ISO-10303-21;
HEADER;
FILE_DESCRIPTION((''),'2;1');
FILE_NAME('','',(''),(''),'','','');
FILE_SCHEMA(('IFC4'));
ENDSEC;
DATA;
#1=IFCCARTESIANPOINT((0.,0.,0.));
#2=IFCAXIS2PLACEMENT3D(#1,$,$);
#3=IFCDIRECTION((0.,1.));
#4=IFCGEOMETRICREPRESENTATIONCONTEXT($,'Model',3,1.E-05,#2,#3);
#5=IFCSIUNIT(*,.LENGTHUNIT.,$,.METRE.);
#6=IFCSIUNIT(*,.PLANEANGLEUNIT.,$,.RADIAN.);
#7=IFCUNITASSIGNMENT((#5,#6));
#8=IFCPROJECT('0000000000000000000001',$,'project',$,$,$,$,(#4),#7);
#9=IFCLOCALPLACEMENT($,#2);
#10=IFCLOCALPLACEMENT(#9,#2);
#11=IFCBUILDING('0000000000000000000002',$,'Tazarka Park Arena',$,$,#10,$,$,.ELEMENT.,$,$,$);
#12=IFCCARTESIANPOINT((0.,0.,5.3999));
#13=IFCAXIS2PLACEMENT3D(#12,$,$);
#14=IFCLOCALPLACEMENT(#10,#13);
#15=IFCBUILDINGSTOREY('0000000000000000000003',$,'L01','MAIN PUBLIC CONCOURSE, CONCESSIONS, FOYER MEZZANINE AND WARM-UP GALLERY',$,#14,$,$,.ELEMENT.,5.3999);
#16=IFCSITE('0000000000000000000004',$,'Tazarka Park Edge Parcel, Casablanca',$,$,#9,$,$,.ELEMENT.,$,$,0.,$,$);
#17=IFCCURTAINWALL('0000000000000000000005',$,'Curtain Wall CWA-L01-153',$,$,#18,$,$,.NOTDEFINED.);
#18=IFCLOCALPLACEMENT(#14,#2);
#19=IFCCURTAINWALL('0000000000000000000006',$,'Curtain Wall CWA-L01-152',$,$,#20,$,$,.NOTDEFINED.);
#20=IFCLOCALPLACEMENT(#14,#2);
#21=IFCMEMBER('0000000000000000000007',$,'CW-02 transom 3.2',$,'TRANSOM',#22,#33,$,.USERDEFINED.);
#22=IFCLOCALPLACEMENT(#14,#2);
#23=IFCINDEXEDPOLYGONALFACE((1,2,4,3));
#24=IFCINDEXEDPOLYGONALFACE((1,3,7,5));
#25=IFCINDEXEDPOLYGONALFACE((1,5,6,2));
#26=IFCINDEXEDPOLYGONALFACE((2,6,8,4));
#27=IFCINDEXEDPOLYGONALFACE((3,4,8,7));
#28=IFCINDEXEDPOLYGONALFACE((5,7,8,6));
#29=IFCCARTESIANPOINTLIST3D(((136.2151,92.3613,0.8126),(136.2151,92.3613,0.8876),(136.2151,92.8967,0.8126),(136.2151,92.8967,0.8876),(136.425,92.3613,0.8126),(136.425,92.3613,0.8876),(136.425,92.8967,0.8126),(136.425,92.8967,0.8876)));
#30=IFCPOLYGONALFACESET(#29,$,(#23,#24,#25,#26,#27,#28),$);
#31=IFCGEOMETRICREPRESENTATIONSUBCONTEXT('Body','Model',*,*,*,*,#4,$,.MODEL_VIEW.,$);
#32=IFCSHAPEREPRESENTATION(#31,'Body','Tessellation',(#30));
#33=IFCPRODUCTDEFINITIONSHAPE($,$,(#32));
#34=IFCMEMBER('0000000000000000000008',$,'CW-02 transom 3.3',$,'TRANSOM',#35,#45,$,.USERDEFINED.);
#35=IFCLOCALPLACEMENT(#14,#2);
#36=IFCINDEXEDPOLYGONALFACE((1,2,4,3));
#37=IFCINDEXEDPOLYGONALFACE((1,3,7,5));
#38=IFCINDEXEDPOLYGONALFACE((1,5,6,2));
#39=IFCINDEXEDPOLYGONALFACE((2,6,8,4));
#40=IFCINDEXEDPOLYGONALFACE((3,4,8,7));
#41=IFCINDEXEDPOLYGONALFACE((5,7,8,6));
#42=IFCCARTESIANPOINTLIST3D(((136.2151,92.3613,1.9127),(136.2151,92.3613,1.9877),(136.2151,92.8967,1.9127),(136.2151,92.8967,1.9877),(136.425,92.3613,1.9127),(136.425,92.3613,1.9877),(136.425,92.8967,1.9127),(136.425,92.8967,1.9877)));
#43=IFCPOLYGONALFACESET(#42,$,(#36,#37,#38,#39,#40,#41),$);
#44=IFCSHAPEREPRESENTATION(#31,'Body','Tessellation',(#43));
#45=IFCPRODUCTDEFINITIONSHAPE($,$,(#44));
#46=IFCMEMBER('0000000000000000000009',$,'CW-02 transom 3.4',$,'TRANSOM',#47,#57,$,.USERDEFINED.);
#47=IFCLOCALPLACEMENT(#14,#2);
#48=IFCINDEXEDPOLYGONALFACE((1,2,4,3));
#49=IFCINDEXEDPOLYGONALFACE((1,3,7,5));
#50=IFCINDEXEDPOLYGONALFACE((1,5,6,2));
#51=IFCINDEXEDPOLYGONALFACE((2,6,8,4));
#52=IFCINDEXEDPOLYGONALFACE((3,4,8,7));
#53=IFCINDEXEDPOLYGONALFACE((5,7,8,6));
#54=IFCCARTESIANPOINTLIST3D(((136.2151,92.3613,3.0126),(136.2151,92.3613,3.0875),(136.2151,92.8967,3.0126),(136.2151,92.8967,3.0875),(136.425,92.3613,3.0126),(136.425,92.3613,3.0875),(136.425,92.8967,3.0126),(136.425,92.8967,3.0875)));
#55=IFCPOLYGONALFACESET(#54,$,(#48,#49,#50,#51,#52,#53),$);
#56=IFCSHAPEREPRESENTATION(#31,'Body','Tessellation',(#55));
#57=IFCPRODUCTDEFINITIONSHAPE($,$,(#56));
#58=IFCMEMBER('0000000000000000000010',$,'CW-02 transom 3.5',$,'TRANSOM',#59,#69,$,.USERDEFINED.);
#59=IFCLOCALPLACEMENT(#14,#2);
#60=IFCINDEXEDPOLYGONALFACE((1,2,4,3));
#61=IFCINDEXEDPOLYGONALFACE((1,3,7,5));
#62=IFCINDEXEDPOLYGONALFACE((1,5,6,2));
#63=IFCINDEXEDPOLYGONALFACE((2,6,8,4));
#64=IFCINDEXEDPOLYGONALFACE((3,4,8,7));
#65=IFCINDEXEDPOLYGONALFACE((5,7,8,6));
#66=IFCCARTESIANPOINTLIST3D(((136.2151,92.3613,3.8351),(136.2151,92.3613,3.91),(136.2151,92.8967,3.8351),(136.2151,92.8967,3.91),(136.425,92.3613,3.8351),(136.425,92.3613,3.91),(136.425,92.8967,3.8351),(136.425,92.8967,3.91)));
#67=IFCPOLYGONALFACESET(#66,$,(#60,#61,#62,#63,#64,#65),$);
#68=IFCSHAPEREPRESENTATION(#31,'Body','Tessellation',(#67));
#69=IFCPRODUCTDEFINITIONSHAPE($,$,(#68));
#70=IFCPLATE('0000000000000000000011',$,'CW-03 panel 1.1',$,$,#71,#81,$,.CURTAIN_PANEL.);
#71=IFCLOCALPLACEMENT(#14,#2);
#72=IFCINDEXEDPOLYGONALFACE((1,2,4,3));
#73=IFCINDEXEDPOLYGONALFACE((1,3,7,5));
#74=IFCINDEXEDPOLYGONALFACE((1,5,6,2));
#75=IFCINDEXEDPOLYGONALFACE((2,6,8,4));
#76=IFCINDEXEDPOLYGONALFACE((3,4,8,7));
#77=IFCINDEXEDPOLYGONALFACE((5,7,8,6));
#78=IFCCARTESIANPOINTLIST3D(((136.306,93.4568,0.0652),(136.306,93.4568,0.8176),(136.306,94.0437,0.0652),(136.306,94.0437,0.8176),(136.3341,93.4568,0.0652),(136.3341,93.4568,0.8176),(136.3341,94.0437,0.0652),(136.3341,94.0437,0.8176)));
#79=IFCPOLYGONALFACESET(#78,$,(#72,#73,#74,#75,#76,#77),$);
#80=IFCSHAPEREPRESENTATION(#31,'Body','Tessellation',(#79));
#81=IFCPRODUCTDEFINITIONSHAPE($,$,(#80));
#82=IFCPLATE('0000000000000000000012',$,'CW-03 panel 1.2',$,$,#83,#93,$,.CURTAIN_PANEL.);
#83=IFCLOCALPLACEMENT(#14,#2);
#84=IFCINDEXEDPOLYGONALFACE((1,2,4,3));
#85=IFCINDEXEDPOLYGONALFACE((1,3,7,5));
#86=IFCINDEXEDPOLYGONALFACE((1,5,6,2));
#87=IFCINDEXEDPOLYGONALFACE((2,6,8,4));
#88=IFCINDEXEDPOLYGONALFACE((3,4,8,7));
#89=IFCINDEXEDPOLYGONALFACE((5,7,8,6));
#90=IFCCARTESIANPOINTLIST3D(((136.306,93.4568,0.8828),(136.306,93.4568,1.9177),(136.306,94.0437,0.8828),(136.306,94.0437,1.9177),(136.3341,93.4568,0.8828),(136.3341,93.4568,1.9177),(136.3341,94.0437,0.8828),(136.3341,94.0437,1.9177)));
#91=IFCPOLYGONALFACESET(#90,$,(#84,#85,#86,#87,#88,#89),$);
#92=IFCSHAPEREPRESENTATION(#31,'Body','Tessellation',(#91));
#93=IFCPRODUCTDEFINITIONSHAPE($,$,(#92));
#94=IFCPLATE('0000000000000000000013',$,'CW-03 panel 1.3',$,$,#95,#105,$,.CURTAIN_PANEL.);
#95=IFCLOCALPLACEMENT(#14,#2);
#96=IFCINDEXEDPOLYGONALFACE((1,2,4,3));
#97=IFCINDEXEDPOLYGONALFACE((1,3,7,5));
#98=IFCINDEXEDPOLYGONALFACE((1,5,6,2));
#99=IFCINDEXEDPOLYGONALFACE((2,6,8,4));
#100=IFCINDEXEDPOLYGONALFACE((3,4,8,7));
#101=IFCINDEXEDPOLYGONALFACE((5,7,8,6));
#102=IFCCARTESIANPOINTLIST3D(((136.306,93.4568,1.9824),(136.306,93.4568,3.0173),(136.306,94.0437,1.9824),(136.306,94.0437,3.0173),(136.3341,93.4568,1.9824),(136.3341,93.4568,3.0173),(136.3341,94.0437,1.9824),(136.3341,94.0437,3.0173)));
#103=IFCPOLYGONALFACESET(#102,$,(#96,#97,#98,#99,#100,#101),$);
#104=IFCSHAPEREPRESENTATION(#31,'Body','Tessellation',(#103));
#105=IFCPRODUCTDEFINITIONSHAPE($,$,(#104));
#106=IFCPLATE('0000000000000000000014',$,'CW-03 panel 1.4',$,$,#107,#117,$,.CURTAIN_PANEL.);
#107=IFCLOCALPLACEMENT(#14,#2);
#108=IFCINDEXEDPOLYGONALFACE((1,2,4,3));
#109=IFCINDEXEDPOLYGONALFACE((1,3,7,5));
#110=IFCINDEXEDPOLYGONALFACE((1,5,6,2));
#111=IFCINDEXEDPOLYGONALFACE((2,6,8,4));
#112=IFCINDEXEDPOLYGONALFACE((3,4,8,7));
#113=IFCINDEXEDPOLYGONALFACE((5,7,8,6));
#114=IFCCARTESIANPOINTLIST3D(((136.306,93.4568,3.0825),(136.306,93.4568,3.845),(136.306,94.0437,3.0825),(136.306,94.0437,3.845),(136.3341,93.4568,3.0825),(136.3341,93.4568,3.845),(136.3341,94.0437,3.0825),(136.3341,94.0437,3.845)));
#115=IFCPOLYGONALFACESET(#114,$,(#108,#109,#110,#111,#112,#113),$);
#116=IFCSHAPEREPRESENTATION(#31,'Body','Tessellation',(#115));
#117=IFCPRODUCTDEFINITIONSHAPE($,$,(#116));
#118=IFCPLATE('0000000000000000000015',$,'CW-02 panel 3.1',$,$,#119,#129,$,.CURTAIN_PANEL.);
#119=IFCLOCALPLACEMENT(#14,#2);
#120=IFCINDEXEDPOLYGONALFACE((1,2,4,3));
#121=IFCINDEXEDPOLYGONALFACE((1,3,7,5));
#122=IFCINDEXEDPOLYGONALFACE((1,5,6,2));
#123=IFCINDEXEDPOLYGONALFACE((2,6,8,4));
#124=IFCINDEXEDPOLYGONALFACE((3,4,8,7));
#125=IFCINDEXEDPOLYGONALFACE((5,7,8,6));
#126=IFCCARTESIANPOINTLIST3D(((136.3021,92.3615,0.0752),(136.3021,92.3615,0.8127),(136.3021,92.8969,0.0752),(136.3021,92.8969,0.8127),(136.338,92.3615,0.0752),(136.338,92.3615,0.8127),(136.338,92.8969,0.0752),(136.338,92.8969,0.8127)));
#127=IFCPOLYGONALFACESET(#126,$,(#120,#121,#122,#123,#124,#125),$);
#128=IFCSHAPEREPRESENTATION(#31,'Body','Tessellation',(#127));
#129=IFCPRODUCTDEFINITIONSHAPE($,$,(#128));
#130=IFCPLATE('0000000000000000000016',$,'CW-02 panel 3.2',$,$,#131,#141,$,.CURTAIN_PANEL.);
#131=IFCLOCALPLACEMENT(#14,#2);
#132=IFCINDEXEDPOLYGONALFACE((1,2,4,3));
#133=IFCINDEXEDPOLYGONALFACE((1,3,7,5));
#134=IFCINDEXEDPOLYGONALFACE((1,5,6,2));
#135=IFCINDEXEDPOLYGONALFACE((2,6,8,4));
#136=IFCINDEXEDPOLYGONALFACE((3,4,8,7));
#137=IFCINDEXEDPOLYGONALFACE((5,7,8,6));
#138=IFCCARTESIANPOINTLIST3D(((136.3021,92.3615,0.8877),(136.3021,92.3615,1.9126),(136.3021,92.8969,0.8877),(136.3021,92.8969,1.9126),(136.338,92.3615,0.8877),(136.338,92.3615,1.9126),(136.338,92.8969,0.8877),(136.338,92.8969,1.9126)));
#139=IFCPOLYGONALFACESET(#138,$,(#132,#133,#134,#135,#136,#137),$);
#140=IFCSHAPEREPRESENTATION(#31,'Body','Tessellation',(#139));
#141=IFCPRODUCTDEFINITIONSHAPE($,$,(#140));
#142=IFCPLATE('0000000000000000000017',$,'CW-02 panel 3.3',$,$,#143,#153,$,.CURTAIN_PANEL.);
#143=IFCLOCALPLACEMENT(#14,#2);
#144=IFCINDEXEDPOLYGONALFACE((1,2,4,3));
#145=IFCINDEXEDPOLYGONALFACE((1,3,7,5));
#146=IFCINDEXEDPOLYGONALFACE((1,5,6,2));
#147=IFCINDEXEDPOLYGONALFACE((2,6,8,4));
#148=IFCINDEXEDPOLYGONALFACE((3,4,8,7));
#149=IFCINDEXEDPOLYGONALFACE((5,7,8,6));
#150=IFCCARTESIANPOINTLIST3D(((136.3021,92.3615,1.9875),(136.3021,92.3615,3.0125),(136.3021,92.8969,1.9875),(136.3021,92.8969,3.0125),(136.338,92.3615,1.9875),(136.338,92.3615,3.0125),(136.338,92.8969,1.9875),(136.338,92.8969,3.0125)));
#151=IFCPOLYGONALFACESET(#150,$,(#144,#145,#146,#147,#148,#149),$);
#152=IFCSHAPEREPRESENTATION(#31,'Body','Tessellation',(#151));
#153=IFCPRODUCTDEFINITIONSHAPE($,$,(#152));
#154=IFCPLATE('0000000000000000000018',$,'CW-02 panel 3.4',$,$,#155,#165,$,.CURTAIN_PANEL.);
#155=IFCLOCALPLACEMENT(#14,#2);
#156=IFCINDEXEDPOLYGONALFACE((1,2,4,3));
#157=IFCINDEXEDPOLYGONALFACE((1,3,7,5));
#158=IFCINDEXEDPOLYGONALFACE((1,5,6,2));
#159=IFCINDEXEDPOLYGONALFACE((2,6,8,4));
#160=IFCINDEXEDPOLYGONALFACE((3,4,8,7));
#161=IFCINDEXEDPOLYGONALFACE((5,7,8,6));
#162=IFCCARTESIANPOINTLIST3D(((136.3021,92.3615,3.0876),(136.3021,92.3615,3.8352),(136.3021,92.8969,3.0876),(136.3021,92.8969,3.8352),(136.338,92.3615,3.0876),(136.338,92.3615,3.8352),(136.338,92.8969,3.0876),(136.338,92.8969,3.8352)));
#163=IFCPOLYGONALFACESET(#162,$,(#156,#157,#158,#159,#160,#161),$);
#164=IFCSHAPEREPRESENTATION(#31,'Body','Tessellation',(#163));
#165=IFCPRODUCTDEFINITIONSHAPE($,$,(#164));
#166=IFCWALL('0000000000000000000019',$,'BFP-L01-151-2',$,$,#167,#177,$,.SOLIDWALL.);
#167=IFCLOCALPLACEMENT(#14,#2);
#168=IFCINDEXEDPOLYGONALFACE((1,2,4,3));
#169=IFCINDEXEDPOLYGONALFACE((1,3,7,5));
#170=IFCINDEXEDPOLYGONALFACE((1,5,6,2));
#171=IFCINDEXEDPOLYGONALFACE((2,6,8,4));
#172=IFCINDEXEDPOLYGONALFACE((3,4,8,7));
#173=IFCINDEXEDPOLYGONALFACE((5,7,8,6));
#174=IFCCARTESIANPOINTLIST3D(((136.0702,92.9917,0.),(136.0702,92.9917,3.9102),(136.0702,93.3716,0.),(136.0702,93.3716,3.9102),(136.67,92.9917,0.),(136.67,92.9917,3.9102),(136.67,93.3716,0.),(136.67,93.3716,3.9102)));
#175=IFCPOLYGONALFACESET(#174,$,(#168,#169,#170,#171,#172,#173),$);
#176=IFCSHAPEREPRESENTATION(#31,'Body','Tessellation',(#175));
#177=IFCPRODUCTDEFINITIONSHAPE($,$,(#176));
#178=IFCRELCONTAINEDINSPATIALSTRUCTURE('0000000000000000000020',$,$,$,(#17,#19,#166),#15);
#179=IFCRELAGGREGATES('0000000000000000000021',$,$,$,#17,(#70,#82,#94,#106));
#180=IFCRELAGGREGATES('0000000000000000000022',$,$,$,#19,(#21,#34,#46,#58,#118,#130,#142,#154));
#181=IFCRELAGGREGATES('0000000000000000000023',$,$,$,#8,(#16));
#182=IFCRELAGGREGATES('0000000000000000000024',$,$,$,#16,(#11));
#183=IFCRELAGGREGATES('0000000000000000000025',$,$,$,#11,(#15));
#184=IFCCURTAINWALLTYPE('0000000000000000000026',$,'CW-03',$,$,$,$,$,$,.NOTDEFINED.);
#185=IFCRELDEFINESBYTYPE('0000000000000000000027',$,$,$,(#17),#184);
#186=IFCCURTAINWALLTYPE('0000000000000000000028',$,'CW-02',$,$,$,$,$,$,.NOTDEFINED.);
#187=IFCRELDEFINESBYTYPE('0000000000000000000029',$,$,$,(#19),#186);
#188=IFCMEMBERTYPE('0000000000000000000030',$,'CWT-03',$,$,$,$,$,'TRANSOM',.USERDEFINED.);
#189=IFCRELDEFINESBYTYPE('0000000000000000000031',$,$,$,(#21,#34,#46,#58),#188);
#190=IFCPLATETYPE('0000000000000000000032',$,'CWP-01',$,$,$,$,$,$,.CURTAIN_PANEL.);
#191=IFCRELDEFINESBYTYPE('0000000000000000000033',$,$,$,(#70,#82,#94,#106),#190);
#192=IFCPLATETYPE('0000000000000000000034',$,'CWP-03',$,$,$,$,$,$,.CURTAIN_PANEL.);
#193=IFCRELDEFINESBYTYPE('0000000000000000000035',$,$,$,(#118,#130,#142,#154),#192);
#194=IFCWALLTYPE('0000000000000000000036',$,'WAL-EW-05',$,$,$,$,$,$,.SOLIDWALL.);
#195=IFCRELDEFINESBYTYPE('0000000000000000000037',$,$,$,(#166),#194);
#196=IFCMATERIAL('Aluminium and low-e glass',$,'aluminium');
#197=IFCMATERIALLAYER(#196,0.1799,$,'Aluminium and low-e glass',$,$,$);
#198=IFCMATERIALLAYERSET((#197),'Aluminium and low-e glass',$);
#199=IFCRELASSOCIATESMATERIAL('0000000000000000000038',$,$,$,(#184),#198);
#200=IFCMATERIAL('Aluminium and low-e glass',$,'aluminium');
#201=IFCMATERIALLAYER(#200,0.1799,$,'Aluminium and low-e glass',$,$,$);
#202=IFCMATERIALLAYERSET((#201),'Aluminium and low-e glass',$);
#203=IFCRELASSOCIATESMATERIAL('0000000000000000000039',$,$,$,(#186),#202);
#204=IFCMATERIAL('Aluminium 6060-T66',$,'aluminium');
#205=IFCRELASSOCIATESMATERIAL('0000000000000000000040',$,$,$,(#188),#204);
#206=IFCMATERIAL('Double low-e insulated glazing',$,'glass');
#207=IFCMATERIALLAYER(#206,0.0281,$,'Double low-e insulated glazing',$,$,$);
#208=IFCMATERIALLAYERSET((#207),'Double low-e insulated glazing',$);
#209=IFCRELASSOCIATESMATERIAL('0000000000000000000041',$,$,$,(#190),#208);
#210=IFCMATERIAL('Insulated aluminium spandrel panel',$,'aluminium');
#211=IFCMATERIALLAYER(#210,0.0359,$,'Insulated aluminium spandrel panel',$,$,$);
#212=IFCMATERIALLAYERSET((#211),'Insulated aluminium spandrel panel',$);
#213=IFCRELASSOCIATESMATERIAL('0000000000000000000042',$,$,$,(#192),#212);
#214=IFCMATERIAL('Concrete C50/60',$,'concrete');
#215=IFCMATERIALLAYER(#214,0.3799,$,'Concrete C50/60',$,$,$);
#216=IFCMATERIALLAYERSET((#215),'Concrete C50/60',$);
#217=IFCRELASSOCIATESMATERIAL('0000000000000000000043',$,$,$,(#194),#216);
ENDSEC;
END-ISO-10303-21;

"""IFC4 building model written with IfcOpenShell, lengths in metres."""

from ifc_helpers import new_model, si_unit, direction, frame, frame_2d, origin, origin_2d, place, context, subcontext, project, spatial, rectangle, extrude, material, layer, layer_set, material_profile, profile_set, type_object, element, aggregate, save


model = new_model("IFC4")

# Units and contexts
model_context = context("Model", 3, precision=1e-05, world=origin(), true_north=direction((0.0, 1.0)))
body_context = subcontext(model_context, "Body", "Model", "MODEL_VIEW")
ifc_project = project(units=[si_unit("LENGTHUNIT", "METRE"), si_unit("PLANEANGLEUNIT", "RADIAN")], contexts=[model_context])

# Site, building, storey
site_placement = place(None, origin())
site = spatial("IfcSite", under=ifc_project, at=site_placement, Name="Tazarka Park Edge Parcel, Casablanca", CompositionType="ELEMENT", RefElevation=0.0)
building_placement = place(site_placement, origin())
building = spatial("IfcBuilding", under=site, at=building_placement, Name="Tazarka Park Arena", CompositionType="ELEMENT")
storey_placement = place(building_placement, frame((0.0, 0.0, 5.3999)))
storey = spatial("IfcBuildingStorey", under=building, at=storey_placement, Name="L01", Description="MAIN PUBLIC CONCOURSE, CONCESSIONS, FOYER MEZZANINE AND WARM-UP GALLERY", CompositionType="ELEMENT", Elevation=5.3999)

# Curtain walls
ifc_material_1 = material(Name="Aluminium and low-e glass", Category="aluminium")
ifc_layer_1 = layer(ifc_material_1, 0.1799, Name="Aluminium and low-e glass")
ifc_layer_set_1 = layer_set([ifc_layer_1], Name="Aluminium and low-e glass")
curtain_wall_type_1 = type_object("IfcCurtainWallType", Name="CW-03", PredefinedType="NOTDEFINED", material=ifc_layer_set_1)
curtain_wall_1_placement = place(storey_placement, origin())
curtain_wall_1 = element("IfcCurtainWall", 1, at=curtain_wall_1_placement, inside=storey, type_object=curtain_wall_type_1, Name="Curtain Wall CWA-L01-153", PredefinedType="NOTDEFINED")
ifc_material_2 = material(Name="Aluminium and low-e glass", Category="aluminium")
ifc_layer_2 = layer(ifc_material_2, 0.1799, Name="Aluminium and low-e glass")
ifc_layer_set_2 = layer_set([ifc_layer_2], Name="Aluminium and low-e glass")
curtain_wall_type_2 = type_object("IfcCurtainWallType", Name="CW-02", PredefinedType="NOTDEFINED", material=ifc_layer_set_2)
curtain_wall_2_placement = place(storey_placement, origin())
curtain_wall_2 = element("IfcCurtainWall", 2, at=curtain_wall_2_placement, inside=storey, type_object=curtain_wall_type_2, Name="Curtain Wall CWA-L01-152", PredefinedType="NOTDEFINED")

# Members
ifc_material_3 = material(Name="Aluminium 6060-T66", Category="aluminium")
ifc_material_profile_1 = material_profile(ifc_material_3, rectangle(XDim=0.21, YDim=0.075, at=origin_2d()), Name="Aluminium 6060-T66")
ifc_profile_set_1 = profile_set([ifc_material_profile_1], Name="Aluminium 6060-T66")
member_type_1 = type_object("IfcMemberType", Name="CWT-03", ElementType="TRANSOM", PredefinedType="USERDEFINED", material=ifc_profile_set_1)
member_1_placement = place(storey_placement, frame((136.3201, 92.3613, 0.8501), z_axis=(0.0, 1.0, 0.0), x_axis=(-1.0, 0.0, 0.0)))
member_1 = element("IfcMember", 3, at=member_1_placement, type_object=member_type_1, Name="CW-02 transom 3.2", ObjectType="TRANSOM", PredefinedType="USERDEFINED", context=body_context, shape_type="SweptSolid", body=[
    extrude(rectangle(XDim=0.21, YDim=0.075, at=origin_2d()), origin(), (0.0, 0.0, 1.0), 0.5354),
])
member_2_placement = place(storey_placement, frame((136.3201, 92.3613, 1.9502), z_axis=(0.0, 1.0, 0.0), x_axis=(-1.0, 0.0, 0.0)))
member_2 = element("IfcMember", 4, at=member_2_placement, type_object=member_type_1, Name="CW-02 transom 3.3", ObjectType="TRANSOM", PredefinedType="USERDEFINED", context=body_context, shape_type="SweptSolid", body=[
    extrude(rectangle(XDim=0.21, YDim=0.075, at=origin_2d()), origin(), (0.0, 0.0, 1.0), 0.5354),
])
member_3_placement = place(storey_placement, frame((136.3201, 92.3613, 3.05), z_axis=(0.0, 1.0, 0.0), x_axis=(-1.0, 0.0, 0.0)))
member_3 = element("IfcMember", 5, at=member_3_placement, type_object=member_type_1, Name="CW-02 transom 3.4", ObjectType="TRANSOM", PredefinedType="USERDEFINED", context=body_context, shape_type="SweptSolid", body=[
    extrude(rectangle(XDim=0.21, YDim=0.075, at=origin_2d()), origin(), (0.0, 0.0, 1.0), 0.5354),
])
member_4_placement = place(storey_placement, frame((136.3201, 92.3613, 3.8726), z_axis=(0.0, 1.0, 0.0), x_axis=(-1.0, 0.0, 0.0)))
member_4 = element("IfcMember", 6, at=member_4_placement, type_object=member_type_1, Name="CW-02 transom 3.5", ObjectType="TRANSOM", PredefinedType="USERDEFINED", context=body_context, shape_type="SweptSolid", body=[
    extrude(rectangle(XDim=0.21, YDim=0.075, at=origin_2d()), origin(), (0.0, 0.0, 1.0), 0.5354),
])

# Plates
ifc_material_4 = material(Name="Double low-e insulated glazing", Category="glass")
ifc_layer_3 = layer(ifc_material_4, 0.0281, Name="Double low-e insulated glazing")
ifc_layer_set_3 = layer_set([ifc_layer_3], Name="Double low-e insulated glazing")
plate_type_1 = type_object("IfcPlateType", Name="CWP-01", PredefinedType="CURTAIN_PANEL", material=ifc_layer_set_3)
plate_1_placement = place(storey_placement, frame((136.3201, 93.7502, 0.0652), z_axis=(0.0, 0.0, 1.0), x_axis=(0.0, 1.0, 0.0)))
plate_1 = element("IfcPlate", 7, at=plate_1_placement, type_object=plate_type_1, Name="CW-03 panel 1.1", PredefinedType="CURTAIN_PANEL", context=body_context, shape_type="SweptSolid", body=[
    extrude(rectangle(XDim=0.5869, YDim=0.0281, at=origin_2d()), origin(), (0.0, 0.0, 1.0), 0.7524),
])
plate_2_placement = place(storey_placement, frame((136.3201, 93.7502, 0.8828), z_axis=(0.0, 0.0, 1.0), x_axis=(0.0, 1.0, 0.0)))
plate_2 = element("IfcPlate", 8, at=plate_2_placement, type_object=plate_type_1, Name="CW-03 panel 1.2", PredefinedType="CURTAIN_PANEL", context=body_context, shape_type="SweptSolid", body=[
    extrude(rectangle(XDim=0.5869, YDim=0.0281, at=origin_2d()), origin(), (0.0, 0.0, 1.0), 1.0349),
])
plate_3_placement = place(storey_placement, frame((136.3201, 93.7502, 1.9824), z_axis=(0.0, 0.0, 1.0), x_axis=(0.0, 1.0, 0.0)))
plate_3 = element("IfcPlate", 9, at=plate_3_placement, type_object=plate_type_1, Name="CW-03 panel 1.3", PredefinedType="CURTAIN_PANEL", context=body_context, shape_type="SweptSolid", body=[
    extrude(rectangle(XDim=0.5869, YDim=0.0281, at=origin_2d()), origin(), (0.0, 0.0, 1.0), 1.0349),
])
plate_4_placement = place(storey_placement, frame((136.3201, 93.7502, 3.0825), z_axis=(0.0, 0.0, 1.0), x_axis=(0.0, 1.0, 0.0)))
plate_4 = element("IfcPlate", 10, at=plate_4_placement, type_object=plate_type_1, Name="CW-03 panel 1.4", PredefinedType="CURTAIN_PANEL", context=body_context, shape_type="SweptSolid", body=[
    extrude(rectangle(XDim=0.5869, YDim=0.0281, at=origin_2d()), origin(), (0.0, 0.0, 1.0), 0.7625),
])
aggregate(curtain_wall_1, [plate_1, plate_2, plate_3, plate_4])
ifc_material_5 = material(Name="Insulated aluminium spandrel panel", Category="aluminium")
ifc_layer_4 = layer(ifc_material_5, 0.0359, Name="Insulated aluminium spandrel panel")
ifc_layer_set_4 = layer_set([ifc_layer_4], Name="Insulated aluminium spandrel panel")
plate_type_2 = type_object("IfcPlateType", Name="CWP-03", PredefinedType="CURTAIN_PANEL", material=ifc_layer_set_4)
plate_5_placement = place(storey_placement, frame((136.3201, 92.6292, 0.0752), z_axis=(0.0, 0.0, 1.0), x_axis=(0.0, 1.0, 0.0)))
plate_5 = element("IfcPlate", 11, at=plate_5_placement, type_object=plate_type_2, Name="CW-02 panel 3.1", PredefinedType="CURTAIN_PANEL", context=body_context, shape_type="SweptSolid", body=[
    extrude(rectangle(XDim=0.5354, YDim=0.0359, at=origin_2d()), origin(), (0.0, 0.0, 1.0), 0.7375),
])
plate_6_placement = place(storey_placement, frame((136.3201, 92.6292, 0.8877), z_axis=(0.0, 0.0, 1.0), x_axis=(0.0, 1.0, 0.0)))
plate_6 = element("IfcPlate", 12, at=plate_6_placement, type_object=plate_type_2, Name="CW-02 panel 3.2", PredefinedType="CURTAIN_PANEL", context=body_context, shape_type="SweptSolid", body=[
    extrude(rectangle(XDim=0.5354, YDim=0.0359, at=origin_2d()), origin(), (0.0, 0.0, 1.0), 1.0249),
])
plate_7_placement = place(storey_placement, frame((136.3201, 92.6292, 1.9875), z_axis=(0.0, 0.0, 1.0), x_axis=(0.0, 1.0, 0.0)))
plate_7 = element("IfcPlate", 13, at=plate_7_placement, type_object=plate_type_2, Name="CW-02 panel 3.3", PredefinedType="CURTAIN_PANEL", context=body_context, shape_type="SweptSolid", body=[
    extrude(rectangle(XDim=0.5354, YDim=0.0359, at=origin_2d()), origin(), (0.0, 0.0, 1.0), 1.0249),
])
plate_8_placement = place(storey_placement, frame((136.3201, 92.6292, 3.0876), z_axis=(0.0, 0.0, 1.0), x_axis=(0.0, 1.0, 0.0)))
plate_8 = element("IfcPlate", 14, at=plate_8_placement, type_object=plate_type_2, Name="CW-02 panel 3.4", PredefinedType="CURTAIN_PANEL", context=body_context, shape_type="SweptSolid", body=[
    extrude(rectangle(XDim=0.5354, YDim=0.0359, at=origin_2d()), origin(), (0.0, 0.0, 1.0), 0.7476),
])
aggregate(curtain_wall_2, [member_1, member_2, member_3, member_4, plate_5, plate_6, plate_7, plate_8])

# Wall
ifc_material_6 = material(Name="Concrete C50/60", Category="concrete")
ifc_layer_5 = layer(ifc_material_6, 0.3799, Name="Concrete C50/60")
ifc_layer_set_5 = layer_set([ifc_layer_5], Name="Concrete C50/60")
wall_type = type_object("IfcWallType", Name="WAL-EW-05", PredefinedType="SOLIDWALL", material=ifc_layer_set_5)
wall_placement = place(storey_placement, frame((136.6699, 93.1816, 0.0), z_axis=(0.0, 0.0, 1.0), x_axis=(-1.0, 0.0, 0.0)))
element("IfcWall", 15, at=wall_placement, inside=storey, type_object=wall_type, Name="BFP-L01-151-2", PredefinedType="SOLIDWALL", context=body_context, shape_type="SweptSolid", body=[
    extrude(rectangle(XDim=0.5999, YDim=0.3799, at=frame_2d((0.2998, 0.0))), origin(), (0.0, 0.0, 1.0), 3.9102),
])

save(model, "model.ifc")
